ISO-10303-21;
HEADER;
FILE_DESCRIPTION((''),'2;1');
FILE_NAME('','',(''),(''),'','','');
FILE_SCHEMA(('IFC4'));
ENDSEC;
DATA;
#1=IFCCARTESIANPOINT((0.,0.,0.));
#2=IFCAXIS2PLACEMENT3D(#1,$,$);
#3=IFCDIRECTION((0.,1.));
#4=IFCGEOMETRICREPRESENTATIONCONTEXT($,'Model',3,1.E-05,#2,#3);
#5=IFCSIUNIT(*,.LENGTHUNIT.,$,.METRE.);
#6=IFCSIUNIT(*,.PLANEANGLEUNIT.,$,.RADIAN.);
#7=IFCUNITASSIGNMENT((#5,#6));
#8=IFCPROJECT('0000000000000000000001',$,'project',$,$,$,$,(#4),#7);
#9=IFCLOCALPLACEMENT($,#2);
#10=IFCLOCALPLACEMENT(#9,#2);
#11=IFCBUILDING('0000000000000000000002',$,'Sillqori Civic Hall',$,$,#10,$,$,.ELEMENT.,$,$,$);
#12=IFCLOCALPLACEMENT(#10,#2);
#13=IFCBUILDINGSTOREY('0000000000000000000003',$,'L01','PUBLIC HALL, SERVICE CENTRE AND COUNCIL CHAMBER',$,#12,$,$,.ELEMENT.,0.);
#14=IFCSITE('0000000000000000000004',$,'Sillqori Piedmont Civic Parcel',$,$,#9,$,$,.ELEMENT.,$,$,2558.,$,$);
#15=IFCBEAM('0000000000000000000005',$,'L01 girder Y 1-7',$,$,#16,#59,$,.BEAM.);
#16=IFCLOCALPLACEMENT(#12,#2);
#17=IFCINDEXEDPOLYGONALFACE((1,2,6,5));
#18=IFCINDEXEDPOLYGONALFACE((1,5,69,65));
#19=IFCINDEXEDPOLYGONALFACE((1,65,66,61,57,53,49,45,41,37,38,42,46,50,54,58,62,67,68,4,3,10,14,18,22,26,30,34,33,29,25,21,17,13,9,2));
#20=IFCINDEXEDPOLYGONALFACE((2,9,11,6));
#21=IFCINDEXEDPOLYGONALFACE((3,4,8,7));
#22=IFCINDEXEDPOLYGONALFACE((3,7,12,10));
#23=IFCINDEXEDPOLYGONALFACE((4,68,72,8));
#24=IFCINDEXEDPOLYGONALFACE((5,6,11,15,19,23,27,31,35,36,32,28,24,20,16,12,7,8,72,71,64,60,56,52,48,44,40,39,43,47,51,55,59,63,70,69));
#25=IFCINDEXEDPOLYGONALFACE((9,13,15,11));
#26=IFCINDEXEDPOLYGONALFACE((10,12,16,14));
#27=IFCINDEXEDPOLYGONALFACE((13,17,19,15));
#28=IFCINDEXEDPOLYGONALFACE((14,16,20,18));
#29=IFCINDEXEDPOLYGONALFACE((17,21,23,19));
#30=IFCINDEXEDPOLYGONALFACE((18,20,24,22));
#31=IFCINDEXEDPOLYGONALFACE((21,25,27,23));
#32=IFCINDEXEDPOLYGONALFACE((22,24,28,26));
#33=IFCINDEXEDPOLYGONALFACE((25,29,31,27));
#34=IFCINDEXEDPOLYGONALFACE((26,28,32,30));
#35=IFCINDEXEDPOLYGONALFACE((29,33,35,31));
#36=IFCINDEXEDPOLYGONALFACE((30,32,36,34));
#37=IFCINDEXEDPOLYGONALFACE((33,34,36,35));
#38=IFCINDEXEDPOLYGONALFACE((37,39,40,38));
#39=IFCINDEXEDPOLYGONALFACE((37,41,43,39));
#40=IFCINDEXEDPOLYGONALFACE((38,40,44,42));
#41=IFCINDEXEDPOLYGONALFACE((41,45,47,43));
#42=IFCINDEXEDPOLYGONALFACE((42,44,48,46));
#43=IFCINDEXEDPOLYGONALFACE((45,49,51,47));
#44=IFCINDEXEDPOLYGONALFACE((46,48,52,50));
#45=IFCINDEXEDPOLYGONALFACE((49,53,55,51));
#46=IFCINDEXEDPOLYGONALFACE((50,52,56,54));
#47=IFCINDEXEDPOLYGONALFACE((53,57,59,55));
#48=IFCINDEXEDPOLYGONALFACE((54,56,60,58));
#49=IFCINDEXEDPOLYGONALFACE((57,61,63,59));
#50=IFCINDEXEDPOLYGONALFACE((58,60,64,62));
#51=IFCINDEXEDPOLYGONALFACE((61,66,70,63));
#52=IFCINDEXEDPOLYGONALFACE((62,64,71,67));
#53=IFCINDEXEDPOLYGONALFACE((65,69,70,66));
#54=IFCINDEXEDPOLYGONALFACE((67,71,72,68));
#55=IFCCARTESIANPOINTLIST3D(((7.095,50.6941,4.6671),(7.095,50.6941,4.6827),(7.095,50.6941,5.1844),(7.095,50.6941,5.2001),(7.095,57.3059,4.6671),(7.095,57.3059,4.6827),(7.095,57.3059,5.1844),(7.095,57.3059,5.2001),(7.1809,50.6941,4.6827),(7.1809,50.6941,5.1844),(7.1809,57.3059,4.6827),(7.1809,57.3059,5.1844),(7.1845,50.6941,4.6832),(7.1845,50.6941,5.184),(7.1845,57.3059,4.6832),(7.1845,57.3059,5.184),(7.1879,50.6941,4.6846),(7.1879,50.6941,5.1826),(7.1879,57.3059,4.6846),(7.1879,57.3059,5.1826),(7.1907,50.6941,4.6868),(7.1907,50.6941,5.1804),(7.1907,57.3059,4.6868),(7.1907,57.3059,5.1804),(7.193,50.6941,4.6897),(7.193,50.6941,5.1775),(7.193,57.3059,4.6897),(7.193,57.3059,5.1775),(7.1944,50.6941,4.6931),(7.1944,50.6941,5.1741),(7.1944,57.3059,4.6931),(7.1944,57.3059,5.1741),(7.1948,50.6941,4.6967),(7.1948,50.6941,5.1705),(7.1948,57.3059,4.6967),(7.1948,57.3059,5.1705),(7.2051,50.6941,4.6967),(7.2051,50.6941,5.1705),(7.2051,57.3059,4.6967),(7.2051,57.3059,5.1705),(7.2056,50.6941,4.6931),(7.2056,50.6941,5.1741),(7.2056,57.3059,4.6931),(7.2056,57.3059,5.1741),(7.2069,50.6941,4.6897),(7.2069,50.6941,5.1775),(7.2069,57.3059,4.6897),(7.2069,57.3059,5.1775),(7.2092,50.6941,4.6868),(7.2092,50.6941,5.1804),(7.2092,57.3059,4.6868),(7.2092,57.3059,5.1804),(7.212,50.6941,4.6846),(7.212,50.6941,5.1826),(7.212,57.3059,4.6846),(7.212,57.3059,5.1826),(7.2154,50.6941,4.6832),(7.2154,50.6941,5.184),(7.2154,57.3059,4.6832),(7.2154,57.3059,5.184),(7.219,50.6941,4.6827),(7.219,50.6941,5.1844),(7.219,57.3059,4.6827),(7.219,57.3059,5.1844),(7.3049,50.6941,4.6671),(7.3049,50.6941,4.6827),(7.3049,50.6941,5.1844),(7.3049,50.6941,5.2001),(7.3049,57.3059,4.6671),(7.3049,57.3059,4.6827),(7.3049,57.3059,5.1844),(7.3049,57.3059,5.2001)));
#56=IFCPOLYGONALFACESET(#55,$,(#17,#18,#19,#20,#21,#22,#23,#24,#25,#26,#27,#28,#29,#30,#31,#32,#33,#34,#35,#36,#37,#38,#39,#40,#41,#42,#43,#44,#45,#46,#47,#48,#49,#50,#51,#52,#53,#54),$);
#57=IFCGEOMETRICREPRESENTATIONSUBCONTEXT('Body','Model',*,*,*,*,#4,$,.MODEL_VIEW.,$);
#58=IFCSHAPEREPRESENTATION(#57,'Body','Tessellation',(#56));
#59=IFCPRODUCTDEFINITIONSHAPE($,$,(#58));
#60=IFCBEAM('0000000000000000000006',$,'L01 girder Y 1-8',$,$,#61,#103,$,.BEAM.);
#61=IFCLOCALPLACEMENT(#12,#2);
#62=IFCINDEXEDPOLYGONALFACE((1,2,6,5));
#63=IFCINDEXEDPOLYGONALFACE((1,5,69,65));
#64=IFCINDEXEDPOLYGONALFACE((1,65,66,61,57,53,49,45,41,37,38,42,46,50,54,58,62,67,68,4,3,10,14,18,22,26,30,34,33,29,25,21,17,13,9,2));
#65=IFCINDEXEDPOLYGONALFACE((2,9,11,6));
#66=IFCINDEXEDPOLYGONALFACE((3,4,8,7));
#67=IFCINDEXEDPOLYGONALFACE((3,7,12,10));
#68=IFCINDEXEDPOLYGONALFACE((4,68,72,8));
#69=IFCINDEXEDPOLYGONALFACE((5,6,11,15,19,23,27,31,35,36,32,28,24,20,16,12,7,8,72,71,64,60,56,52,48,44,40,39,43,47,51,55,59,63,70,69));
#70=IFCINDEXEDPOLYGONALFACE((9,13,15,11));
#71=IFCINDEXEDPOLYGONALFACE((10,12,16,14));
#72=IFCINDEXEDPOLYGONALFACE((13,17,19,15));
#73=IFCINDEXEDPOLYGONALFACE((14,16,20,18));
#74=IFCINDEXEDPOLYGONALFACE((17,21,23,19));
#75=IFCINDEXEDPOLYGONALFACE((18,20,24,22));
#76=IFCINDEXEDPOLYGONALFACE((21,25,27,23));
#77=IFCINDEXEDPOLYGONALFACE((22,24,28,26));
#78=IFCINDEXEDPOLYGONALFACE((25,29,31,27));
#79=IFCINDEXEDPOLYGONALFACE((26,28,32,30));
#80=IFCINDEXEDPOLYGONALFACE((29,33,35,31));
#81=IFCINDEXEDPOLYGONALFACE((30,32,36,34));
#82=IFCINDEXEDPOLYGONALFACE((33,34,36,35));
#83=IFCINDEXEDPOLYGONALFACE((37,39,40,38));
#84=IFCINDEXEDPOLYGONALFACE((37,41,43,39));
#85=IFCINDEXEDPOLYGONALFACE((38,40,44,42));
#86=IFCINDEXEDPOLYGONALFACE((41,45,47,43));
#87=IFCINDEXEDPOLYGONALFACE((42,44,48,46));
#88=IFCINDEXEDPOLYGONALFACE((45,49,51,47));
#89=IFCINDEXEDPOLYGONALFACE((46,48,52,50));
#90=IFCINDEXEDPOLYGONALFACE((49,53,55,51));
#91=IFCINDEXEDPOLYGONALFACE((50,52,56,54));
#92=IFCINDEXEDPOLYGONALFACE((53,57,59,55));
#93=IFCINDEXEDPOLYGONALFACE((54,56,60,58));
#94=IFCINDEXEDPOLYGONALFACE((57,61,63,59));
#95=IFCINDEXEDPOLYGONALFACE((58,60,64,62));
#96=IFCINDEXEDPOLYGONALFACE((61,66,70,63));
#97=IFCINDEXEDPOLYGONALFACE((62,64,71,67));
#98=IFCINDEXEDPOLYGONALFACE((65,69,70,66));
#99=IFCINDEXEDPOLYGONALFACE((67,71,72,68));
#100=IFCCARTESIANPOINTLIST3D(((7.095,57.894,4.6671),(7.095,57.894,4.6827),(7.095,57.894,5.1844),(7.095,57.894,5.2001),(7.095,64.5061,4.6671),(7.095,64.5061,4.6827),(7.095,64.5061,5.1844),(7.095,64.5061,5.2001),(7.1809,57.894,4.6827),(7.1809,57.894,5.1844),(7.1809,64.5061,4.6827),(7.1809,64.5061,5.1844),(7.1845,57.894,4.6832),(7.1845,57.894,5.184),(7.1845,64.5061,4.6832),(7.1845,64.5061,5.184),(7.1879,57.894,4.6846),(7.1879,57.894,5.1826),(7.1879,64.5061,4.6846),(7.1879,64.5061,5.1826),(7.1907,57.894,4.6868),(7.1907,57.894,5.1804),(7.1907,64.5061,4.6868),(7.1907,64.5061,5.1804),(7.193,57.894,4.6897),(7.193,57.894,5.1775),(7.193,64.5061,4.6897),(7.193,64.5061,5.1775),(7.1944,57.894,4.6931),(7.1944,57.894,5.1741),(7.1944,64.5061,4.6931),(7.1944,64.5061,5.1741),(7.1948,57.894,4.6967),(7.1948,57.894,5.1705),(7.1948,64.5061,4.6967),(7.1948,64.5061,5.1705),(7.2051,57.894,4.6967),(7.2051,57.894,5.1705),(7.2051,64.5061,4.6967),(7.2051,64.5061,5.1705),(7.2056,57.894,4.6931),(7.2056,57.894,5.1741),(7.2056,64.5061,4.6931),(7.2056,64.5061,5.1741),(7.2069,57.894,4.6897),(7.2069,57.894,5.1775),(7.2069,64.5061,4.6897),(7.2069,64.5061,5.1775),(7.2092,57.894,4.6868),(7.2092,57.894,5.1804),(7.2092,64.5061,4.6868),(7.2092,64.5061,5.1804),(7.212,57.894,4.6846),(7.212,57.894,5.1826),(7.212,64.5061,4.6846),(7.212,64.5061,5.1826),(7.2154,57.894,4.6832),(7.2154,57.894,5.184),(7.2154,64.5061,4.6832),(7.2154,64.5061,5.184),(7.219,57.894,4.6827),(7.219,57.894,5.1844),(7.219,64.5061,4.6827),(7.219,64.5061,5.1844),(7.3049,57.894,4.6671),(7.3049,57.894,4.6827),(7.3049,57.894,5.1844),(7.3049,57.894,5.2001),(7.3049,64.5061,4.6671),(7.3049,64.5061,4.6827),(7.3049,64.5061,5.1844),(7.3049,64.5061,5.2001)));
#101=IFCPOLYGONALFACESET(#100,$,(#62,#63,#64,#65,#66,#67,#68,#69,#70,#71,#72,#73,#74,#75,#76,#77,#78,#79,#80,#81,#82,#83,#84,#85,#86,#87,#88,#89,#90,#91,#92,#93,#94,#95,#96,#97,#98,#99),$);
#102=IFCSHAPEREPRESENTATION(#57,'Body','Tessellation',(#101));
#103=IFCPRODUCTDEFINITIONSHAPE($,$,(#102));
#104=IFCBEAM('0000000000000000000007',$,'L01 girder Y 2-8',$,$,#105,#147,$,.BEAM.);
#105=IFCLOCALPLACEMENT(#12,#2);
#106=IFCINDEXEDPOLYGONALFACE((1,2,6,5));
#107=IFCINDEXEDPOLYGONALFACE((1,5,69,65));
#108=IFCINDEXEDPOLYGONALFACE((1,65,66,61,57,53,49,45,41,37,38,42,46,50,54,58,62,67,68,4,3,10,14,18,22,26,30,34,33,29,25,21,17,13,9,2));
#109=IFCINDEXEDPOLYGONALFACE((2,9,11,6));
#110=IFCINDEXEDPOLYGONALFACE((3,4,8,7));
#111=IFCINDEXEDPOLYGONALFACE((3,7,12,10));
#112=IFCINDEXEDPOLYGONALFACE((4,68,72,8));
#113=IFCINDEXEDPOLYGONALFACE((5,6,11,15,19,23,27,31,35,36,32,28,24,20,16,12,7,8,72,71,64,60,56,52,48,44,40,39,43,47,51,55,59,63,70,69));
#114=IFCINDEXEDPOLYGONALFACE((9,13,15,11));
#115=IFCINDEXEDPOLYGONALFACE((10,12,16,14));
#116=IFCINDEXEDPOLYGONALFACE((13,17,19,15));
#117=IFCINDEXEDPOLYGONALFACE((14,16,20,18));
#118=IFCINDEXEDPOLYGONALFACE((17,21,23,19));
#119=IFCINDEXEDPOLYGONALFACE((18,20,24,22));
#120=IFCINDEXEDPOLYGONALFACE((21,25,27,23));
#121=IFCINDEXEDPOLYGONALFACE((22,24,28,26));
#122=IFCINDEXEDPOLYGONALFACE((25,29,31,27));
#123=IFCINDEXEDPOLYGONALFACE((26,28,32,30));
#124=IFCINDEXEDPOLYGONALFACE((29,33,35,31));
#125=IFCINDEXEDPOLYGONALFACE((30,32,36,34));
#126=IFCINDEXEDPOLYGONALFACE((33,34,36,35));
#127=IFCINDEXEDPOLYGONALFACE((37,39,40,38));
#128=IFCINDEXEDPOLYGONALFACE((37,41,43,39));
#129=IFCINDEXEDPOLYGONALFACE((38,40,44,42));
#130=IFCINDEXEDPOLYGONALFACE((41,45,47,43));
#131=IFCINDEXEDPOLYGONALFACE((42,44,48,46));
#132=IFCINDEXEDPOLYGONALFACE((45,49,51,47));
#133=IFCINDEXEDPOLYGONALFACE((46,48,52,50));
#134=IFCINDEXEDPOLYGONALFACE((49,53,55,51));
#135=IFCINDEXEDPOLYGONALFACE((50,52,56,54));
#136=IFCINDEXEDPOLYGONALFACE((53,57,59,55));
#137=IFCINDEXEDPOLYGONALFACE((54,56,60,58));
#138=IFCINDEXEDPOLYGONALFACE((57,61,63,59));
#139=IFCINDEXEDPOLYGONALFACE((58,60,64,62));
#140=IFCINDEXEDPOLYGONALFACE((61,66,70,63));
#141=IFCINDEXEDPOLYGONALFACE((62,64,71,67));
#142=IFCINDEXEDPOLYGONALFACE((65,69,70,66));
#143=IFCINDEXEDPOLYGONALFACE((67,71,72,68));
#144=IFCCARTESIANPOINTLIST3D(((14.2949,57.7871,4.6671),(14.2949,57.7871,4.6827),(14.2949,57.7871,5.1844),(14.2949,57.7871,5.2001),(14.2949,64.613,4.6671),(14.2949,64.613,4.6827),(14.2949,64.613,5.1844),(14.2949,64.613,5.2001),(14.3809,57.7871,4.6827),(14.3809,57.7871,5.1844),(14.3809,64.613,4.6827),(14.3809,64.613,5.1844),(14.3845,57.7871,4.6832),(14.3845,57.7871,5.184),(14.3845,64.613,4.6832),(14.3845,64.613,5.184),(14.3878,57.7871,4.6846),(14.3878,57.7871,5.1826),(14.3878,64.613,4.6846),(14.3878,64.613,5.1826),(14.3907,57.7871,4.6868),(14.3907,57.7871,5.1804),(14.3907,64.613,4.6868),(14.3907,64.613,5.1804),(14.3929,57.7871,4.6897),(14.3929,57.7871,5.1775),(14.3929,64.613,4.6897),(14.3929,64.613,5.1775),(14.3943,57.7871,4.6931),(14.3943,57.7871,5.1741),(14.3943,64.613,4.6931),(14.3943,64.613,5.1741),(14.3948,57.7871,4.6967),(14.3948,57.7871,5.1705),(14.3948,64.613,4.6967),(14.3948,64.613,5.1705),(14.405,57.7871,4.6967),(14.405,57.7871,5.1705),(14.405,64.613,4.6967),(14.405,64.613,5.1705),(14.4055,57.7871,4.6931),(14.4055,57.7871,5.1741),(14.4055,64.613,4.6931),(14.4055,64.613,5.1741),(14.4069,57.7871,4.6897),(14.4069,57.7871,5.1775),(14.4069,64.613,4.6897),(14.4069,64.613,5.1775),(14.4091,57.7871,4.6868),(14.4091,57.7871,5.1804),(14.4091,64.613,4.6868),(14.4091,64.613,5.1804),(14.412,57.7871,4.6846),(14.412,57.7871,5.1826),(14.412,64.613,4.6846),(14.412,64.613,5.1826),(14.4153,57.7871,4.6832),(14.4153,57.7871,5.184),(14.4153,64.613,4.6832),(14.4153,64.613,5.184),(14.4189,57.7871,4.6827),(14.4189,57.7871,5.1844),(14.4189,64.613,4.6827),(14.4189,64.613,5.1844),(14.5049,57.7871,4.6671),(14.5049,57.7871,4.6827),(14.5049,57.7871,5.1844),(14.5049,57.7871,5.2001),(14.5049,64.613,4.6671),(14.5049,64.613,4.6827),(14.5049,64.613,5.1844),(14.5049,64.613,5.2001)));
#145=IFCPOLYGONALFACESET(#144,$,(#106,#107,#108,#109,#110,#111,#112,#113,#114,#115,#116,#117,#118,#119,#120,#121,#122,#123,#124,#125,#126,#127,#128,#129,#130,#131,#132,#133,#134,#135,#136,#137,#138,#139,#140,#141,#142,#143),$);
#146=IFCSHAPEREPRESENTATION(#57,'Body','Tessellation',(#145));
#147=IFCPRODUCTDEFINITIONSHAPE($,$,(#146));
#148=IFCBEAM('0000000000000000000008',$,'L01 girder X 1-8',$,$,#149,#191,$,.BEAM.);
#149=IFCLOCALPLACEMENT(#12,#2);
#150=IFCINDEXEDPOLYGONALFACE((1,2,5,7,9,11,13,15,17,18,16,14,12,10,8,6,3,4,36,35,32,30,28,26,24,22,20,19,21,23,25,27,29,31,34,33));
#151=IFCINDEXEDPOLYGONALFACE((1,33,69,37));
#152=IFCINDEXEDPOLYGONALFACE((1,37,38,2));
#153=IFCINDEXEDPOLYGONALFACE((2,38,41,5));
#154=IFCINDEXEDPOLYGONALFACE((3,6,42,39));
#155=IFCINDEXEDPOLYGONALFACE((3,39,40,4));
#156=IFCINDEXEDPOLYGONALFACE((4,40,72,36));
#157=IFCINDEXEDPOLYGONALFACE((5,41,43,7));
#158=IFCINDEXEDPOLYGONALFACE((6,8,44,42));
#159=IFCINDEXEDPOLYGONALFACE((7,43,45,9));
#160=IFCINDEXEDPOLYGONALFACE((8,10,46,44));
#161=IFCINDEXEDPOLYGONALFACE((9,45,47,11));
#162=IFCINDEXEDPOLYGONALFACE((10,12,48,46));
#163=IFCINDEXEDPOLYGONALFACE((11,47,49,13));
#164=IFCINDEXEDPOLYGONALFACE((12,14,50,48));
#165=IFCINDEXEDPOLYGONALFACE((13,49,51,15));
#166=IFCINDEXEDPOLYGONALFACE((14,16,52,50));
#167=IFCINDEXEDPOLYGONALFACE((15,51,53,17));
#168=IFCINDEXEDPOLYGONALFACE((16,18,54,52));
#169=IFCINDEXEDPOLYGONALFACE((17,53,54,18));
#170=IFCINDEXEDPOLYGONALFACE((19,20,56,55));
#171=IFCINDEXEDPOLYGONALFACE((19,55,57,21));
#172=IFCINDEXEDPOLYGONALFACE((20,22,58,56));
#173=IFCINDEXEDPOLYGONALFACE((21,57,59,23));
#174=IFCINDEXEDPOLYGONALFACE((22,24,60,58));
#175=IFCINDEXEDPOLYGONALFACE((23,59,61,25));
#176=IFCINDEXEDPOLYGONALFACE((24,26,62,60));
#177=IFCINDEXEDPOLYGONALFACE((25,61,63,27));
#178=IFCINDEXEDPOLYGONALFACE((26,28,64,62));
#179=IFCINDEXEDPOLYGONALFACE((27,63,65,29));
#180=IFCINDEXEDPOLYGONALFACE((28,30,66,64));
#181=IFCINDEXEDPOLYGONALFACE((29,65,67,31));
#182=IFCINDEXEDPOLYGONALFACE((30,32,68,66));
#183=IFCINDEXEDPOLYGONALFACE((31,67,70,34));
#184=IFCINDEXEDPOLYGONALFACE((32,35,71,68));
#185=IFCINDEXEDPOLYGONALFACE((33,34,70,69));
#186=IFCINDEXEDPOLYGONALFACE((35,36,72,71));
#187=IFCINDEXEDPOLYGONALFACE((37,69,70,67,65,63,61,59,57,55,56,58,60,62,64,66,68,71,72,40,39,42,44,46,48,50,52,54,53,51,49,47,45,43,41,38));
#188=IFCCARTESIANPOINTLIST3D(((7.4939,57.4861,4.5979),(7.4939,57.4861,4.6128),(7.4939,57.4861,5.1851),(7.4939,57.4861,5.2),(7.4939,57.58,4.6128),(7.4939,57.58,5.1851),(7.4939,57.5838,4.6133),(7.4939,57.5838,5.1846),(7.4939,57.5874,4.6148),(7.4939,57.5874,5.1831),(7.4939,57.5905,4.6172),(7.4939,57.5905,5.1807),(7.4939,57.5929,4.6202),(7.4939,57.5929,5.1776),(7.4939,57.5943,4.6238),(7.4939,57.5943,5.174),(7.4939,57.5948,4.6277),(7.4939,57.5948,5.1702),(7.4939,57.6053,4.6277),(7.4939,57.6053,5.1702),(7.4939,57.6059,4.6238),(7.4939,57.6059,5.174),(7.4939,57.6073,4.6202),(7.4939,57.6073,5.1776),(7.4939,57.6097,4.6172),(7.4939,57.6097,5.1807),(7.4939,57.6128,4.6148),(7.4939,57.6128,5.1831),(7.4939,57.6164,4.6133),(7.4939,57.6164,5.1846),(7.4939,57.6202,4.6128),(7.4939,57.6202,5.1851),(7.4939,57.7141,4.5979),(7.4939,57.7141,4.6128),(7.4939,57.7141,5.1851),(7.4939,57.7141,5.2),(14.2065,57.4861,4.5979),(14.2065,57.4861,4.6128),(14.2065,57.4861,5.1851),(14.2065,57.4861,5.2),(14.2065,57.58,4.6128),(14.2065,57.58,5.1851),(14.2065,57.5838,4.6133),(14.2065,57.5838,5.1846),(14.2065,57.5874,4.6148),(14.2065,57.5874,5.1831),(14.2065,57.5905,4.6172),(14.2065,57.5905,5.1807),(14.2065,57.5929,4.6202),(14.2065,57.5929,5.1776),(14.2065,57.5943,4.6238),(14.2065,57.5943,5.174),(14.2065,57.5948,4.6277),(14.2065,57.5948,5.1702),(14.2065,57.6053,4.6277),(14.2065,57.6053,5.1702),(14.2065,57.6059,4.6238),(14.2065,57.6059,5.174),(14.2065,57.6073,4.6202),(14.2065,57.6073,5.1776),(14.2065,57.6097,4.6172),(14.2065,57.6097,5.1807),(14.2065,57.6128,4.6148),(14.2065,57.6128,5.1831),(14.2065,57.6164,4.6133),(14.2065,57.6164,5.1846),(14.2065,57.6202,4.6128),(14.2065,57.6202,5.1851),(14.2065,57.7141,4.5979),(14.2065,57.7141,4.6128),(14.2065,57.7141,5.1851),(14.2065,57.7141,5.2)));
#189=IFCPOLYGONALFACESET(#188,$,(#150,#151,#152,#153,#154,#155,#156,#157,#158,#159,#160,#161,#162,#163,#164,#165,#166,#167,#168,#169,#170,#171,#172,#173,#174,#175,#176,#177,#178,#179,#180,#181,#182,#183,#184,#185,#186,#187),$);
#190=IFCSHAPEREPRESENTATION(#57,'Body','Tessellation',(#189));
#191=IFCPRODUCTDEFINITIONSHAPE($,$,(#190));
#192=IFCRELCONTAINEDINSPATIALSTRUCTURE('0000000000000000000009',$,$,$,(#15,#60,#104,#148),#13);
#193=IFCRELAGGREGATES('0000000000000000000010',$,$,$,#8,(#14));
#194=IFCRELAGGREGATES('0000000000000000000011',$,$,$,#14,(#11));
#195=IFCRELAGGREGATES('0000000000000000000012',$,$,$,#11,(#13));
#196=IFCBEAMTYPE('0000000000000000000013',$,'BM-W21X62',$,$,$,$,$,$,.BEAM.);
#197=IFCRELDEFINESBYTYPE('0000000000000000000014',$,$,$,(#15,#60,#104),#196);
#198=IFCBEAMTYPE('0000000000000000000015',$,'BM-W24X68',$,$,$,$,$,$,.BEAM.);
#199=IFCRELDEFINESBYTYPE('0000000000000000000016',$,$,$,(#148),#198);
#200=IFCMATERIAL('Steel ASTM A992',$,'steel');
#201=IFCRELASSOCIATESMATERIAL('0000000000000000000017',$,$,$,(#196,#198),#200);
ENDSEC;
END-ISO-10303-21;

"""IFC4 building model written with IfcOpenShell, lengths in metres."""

from ifc_helpers import new_model, si_unit, direction, frame, origin, origin_2d, place, context, subcontext, project, spatial, i_section, extrude, material, material_profile, profile_set, type_object, element, save


model = new_model("IFC4")

# Units and contexts
model_context = context("Model", 3, precision=1e-05, world=origin(), true_north=direction((0.0, 1.0)))
body_context = subcontext(model_context, "Body", "Model", "MODEL_VIEW")
ifc_project = project(units=[si_unit("LENGTHUNIT", "METRE"), si_unit("PLANEANGLEUNIT", "RADIAN")], contexts=[model_context])

# Site, building, storey
site_placement = place(None, origin())
site = spatial("IfcSite", under=ifc_project, at=site_placement, Name="Sillqori Piedmont Civic Parcel", CompositionType="ELEMENT", RefElevation=2558.0)
building_placement = place(site_placement, origin())
building = spatial("IfcBuilding", under=site, at=building_placement, Name="Sillqori Civic Hall", CompositionType="ELEMENT")
storey_placement = place(building_placement, origin())
storey = spatial("IfcBuildingStorey", under=building, at=storey_placement, Name="L01", Description="PUBLIC HALL, SERVICE CENTRE AND COUNCIL CHAMBER", CompositionType="ELEMENT", Elevation=0.0)

# Shared definitions
ifc_material_1 = material(Name="Steel ASTM A992", Category="steel")

# Beams
ifc_material_profile_1 = material_profile(ifc_material_1, i_section(OverallWidth=0.21, OverallDepth=0.533, WebThickness=0.0103, FlangeThickness=0.0156, FilletRadius=0.0139, at=origin_2d()), Name="W21X62")
ifc_profile_set_1 = profile_set([ifc_material_profile_1], Name="Steel ASTM A992")
beam_type_1 = type_object("IfcBeamType", Name="BM-W21X62", PredefinedType="BEAM", material=ifc_profile_set_1)
beam_1_placement = place(storey_placement, frame((7.2, 50.6941, 4.9336), z_axis=(0.0, 1.0, 0.0), x_axis=(-1.0, 0.0, 0.0)))
element("IfcBeam", 1, at=beam_1_placement, inside=storey, type_object=beam_type_1, Name="L01 girder Y 1-7", PredefinedType="BEAM", context=body_context, shape_type="SweptSolid", body=[
    extrude(i_section(OverallWidth=0.21, OverallDepth=0.533, WebThickness=0.0103, FlangeThickness=0.0156, FilletRadius=0.0139, at=origin_2d()), origin(), (0.0, 0.0, 1.0), 6.6118),
])
beam_2_placement = place(storey_placement, frame((7.2, 57.894, 4.9336), z_axis=(0.0, 1.0, 0.0), x_axis=(-1.0, 0.0, 0.0)))
element("IfcBeam", 2, at=beam_2_placement, inside=storey, type_object=beam_type_1, Name="L01 girder Y 1-8", PredefinedType="BEAM", context=body_context, shape_type="SweptSolid", body=[
    extrude(i_section(OverallWidth=0.21, OverallDepth=0.533, WebThickness=0.0103, FlangeThickness=0.0156, FilletRadius=0.0139, at=origin_2d()), origin(), (0.0, 0.0, 1.0), 6.6121),
])
beam_3_placement = place(storey_placement, frame((14.3999, 57.7871, 4.9336), z_axis=(0.0, 1.0, 0.0), x_axis=(-1.0, 0.0, 0.0)))
element("IfcBeam", 3, at=beam_3_placement, inside=storey, type_object=beam_type_1, Name="L01 girder Y 2-8", PredefinedType="BEAM", context=body_context, shape_type="SweptSolid", body=[
    extrude(i_section(OverallWidth=0.21, OverallDepth=0.533, WebThickness=0.0103, FlangeThickness=0.0156, FilletRadius=0.0139, at=origin_2d()), origin(), (0.0, 0.0, 1.0), 6.8259),
])
ifc_material_profile_2 = material_profile(ifc_material_1, i_section(OverallWidth=0.228, OverallDepth=0.6021, WebThickness=0.0105, FlangeThickness=0.0149, FilletRadius=0.0149, at=origin_2d()), Name="W24X68")
ifc_profile_set_2 = profile_set([ifc_material_profile_2], Name="Steel ASTM A992")
beam_type_2 = type_object("IfcBeamType", Name="BM-W24X68", PredefinedType="BEAM", material=ifc_profile_set_2)
for number, where, z_axis, x_axis, name in (
    (4, (7.4939, 57.6001, 4.8989), (1.0, 0.0, 0.0), (0.0, 1.0, 0.0), "L01 girder X 1-8"),
):
    element("IfcBeam", number, at=place(storey_placement, frame(where, z_axis=z_axis, x_axis=x_axis)), inside=storey, type_object=beam_type_2, Name=name, PredefinedType="BEAM", context=body_context, shape_type="SweptSolid", body=[
        extrude(i_section(OverallWidth=0.228, OverallDepth=0.6021, WebThickness=0.0105, FlangeThickness=0.0149, FilletRadius=0.0149, at=origin_2d()), origin(), (0.0, 0.0, 1.0), 6.7126),
    ])

save(model, "model.ifc")
